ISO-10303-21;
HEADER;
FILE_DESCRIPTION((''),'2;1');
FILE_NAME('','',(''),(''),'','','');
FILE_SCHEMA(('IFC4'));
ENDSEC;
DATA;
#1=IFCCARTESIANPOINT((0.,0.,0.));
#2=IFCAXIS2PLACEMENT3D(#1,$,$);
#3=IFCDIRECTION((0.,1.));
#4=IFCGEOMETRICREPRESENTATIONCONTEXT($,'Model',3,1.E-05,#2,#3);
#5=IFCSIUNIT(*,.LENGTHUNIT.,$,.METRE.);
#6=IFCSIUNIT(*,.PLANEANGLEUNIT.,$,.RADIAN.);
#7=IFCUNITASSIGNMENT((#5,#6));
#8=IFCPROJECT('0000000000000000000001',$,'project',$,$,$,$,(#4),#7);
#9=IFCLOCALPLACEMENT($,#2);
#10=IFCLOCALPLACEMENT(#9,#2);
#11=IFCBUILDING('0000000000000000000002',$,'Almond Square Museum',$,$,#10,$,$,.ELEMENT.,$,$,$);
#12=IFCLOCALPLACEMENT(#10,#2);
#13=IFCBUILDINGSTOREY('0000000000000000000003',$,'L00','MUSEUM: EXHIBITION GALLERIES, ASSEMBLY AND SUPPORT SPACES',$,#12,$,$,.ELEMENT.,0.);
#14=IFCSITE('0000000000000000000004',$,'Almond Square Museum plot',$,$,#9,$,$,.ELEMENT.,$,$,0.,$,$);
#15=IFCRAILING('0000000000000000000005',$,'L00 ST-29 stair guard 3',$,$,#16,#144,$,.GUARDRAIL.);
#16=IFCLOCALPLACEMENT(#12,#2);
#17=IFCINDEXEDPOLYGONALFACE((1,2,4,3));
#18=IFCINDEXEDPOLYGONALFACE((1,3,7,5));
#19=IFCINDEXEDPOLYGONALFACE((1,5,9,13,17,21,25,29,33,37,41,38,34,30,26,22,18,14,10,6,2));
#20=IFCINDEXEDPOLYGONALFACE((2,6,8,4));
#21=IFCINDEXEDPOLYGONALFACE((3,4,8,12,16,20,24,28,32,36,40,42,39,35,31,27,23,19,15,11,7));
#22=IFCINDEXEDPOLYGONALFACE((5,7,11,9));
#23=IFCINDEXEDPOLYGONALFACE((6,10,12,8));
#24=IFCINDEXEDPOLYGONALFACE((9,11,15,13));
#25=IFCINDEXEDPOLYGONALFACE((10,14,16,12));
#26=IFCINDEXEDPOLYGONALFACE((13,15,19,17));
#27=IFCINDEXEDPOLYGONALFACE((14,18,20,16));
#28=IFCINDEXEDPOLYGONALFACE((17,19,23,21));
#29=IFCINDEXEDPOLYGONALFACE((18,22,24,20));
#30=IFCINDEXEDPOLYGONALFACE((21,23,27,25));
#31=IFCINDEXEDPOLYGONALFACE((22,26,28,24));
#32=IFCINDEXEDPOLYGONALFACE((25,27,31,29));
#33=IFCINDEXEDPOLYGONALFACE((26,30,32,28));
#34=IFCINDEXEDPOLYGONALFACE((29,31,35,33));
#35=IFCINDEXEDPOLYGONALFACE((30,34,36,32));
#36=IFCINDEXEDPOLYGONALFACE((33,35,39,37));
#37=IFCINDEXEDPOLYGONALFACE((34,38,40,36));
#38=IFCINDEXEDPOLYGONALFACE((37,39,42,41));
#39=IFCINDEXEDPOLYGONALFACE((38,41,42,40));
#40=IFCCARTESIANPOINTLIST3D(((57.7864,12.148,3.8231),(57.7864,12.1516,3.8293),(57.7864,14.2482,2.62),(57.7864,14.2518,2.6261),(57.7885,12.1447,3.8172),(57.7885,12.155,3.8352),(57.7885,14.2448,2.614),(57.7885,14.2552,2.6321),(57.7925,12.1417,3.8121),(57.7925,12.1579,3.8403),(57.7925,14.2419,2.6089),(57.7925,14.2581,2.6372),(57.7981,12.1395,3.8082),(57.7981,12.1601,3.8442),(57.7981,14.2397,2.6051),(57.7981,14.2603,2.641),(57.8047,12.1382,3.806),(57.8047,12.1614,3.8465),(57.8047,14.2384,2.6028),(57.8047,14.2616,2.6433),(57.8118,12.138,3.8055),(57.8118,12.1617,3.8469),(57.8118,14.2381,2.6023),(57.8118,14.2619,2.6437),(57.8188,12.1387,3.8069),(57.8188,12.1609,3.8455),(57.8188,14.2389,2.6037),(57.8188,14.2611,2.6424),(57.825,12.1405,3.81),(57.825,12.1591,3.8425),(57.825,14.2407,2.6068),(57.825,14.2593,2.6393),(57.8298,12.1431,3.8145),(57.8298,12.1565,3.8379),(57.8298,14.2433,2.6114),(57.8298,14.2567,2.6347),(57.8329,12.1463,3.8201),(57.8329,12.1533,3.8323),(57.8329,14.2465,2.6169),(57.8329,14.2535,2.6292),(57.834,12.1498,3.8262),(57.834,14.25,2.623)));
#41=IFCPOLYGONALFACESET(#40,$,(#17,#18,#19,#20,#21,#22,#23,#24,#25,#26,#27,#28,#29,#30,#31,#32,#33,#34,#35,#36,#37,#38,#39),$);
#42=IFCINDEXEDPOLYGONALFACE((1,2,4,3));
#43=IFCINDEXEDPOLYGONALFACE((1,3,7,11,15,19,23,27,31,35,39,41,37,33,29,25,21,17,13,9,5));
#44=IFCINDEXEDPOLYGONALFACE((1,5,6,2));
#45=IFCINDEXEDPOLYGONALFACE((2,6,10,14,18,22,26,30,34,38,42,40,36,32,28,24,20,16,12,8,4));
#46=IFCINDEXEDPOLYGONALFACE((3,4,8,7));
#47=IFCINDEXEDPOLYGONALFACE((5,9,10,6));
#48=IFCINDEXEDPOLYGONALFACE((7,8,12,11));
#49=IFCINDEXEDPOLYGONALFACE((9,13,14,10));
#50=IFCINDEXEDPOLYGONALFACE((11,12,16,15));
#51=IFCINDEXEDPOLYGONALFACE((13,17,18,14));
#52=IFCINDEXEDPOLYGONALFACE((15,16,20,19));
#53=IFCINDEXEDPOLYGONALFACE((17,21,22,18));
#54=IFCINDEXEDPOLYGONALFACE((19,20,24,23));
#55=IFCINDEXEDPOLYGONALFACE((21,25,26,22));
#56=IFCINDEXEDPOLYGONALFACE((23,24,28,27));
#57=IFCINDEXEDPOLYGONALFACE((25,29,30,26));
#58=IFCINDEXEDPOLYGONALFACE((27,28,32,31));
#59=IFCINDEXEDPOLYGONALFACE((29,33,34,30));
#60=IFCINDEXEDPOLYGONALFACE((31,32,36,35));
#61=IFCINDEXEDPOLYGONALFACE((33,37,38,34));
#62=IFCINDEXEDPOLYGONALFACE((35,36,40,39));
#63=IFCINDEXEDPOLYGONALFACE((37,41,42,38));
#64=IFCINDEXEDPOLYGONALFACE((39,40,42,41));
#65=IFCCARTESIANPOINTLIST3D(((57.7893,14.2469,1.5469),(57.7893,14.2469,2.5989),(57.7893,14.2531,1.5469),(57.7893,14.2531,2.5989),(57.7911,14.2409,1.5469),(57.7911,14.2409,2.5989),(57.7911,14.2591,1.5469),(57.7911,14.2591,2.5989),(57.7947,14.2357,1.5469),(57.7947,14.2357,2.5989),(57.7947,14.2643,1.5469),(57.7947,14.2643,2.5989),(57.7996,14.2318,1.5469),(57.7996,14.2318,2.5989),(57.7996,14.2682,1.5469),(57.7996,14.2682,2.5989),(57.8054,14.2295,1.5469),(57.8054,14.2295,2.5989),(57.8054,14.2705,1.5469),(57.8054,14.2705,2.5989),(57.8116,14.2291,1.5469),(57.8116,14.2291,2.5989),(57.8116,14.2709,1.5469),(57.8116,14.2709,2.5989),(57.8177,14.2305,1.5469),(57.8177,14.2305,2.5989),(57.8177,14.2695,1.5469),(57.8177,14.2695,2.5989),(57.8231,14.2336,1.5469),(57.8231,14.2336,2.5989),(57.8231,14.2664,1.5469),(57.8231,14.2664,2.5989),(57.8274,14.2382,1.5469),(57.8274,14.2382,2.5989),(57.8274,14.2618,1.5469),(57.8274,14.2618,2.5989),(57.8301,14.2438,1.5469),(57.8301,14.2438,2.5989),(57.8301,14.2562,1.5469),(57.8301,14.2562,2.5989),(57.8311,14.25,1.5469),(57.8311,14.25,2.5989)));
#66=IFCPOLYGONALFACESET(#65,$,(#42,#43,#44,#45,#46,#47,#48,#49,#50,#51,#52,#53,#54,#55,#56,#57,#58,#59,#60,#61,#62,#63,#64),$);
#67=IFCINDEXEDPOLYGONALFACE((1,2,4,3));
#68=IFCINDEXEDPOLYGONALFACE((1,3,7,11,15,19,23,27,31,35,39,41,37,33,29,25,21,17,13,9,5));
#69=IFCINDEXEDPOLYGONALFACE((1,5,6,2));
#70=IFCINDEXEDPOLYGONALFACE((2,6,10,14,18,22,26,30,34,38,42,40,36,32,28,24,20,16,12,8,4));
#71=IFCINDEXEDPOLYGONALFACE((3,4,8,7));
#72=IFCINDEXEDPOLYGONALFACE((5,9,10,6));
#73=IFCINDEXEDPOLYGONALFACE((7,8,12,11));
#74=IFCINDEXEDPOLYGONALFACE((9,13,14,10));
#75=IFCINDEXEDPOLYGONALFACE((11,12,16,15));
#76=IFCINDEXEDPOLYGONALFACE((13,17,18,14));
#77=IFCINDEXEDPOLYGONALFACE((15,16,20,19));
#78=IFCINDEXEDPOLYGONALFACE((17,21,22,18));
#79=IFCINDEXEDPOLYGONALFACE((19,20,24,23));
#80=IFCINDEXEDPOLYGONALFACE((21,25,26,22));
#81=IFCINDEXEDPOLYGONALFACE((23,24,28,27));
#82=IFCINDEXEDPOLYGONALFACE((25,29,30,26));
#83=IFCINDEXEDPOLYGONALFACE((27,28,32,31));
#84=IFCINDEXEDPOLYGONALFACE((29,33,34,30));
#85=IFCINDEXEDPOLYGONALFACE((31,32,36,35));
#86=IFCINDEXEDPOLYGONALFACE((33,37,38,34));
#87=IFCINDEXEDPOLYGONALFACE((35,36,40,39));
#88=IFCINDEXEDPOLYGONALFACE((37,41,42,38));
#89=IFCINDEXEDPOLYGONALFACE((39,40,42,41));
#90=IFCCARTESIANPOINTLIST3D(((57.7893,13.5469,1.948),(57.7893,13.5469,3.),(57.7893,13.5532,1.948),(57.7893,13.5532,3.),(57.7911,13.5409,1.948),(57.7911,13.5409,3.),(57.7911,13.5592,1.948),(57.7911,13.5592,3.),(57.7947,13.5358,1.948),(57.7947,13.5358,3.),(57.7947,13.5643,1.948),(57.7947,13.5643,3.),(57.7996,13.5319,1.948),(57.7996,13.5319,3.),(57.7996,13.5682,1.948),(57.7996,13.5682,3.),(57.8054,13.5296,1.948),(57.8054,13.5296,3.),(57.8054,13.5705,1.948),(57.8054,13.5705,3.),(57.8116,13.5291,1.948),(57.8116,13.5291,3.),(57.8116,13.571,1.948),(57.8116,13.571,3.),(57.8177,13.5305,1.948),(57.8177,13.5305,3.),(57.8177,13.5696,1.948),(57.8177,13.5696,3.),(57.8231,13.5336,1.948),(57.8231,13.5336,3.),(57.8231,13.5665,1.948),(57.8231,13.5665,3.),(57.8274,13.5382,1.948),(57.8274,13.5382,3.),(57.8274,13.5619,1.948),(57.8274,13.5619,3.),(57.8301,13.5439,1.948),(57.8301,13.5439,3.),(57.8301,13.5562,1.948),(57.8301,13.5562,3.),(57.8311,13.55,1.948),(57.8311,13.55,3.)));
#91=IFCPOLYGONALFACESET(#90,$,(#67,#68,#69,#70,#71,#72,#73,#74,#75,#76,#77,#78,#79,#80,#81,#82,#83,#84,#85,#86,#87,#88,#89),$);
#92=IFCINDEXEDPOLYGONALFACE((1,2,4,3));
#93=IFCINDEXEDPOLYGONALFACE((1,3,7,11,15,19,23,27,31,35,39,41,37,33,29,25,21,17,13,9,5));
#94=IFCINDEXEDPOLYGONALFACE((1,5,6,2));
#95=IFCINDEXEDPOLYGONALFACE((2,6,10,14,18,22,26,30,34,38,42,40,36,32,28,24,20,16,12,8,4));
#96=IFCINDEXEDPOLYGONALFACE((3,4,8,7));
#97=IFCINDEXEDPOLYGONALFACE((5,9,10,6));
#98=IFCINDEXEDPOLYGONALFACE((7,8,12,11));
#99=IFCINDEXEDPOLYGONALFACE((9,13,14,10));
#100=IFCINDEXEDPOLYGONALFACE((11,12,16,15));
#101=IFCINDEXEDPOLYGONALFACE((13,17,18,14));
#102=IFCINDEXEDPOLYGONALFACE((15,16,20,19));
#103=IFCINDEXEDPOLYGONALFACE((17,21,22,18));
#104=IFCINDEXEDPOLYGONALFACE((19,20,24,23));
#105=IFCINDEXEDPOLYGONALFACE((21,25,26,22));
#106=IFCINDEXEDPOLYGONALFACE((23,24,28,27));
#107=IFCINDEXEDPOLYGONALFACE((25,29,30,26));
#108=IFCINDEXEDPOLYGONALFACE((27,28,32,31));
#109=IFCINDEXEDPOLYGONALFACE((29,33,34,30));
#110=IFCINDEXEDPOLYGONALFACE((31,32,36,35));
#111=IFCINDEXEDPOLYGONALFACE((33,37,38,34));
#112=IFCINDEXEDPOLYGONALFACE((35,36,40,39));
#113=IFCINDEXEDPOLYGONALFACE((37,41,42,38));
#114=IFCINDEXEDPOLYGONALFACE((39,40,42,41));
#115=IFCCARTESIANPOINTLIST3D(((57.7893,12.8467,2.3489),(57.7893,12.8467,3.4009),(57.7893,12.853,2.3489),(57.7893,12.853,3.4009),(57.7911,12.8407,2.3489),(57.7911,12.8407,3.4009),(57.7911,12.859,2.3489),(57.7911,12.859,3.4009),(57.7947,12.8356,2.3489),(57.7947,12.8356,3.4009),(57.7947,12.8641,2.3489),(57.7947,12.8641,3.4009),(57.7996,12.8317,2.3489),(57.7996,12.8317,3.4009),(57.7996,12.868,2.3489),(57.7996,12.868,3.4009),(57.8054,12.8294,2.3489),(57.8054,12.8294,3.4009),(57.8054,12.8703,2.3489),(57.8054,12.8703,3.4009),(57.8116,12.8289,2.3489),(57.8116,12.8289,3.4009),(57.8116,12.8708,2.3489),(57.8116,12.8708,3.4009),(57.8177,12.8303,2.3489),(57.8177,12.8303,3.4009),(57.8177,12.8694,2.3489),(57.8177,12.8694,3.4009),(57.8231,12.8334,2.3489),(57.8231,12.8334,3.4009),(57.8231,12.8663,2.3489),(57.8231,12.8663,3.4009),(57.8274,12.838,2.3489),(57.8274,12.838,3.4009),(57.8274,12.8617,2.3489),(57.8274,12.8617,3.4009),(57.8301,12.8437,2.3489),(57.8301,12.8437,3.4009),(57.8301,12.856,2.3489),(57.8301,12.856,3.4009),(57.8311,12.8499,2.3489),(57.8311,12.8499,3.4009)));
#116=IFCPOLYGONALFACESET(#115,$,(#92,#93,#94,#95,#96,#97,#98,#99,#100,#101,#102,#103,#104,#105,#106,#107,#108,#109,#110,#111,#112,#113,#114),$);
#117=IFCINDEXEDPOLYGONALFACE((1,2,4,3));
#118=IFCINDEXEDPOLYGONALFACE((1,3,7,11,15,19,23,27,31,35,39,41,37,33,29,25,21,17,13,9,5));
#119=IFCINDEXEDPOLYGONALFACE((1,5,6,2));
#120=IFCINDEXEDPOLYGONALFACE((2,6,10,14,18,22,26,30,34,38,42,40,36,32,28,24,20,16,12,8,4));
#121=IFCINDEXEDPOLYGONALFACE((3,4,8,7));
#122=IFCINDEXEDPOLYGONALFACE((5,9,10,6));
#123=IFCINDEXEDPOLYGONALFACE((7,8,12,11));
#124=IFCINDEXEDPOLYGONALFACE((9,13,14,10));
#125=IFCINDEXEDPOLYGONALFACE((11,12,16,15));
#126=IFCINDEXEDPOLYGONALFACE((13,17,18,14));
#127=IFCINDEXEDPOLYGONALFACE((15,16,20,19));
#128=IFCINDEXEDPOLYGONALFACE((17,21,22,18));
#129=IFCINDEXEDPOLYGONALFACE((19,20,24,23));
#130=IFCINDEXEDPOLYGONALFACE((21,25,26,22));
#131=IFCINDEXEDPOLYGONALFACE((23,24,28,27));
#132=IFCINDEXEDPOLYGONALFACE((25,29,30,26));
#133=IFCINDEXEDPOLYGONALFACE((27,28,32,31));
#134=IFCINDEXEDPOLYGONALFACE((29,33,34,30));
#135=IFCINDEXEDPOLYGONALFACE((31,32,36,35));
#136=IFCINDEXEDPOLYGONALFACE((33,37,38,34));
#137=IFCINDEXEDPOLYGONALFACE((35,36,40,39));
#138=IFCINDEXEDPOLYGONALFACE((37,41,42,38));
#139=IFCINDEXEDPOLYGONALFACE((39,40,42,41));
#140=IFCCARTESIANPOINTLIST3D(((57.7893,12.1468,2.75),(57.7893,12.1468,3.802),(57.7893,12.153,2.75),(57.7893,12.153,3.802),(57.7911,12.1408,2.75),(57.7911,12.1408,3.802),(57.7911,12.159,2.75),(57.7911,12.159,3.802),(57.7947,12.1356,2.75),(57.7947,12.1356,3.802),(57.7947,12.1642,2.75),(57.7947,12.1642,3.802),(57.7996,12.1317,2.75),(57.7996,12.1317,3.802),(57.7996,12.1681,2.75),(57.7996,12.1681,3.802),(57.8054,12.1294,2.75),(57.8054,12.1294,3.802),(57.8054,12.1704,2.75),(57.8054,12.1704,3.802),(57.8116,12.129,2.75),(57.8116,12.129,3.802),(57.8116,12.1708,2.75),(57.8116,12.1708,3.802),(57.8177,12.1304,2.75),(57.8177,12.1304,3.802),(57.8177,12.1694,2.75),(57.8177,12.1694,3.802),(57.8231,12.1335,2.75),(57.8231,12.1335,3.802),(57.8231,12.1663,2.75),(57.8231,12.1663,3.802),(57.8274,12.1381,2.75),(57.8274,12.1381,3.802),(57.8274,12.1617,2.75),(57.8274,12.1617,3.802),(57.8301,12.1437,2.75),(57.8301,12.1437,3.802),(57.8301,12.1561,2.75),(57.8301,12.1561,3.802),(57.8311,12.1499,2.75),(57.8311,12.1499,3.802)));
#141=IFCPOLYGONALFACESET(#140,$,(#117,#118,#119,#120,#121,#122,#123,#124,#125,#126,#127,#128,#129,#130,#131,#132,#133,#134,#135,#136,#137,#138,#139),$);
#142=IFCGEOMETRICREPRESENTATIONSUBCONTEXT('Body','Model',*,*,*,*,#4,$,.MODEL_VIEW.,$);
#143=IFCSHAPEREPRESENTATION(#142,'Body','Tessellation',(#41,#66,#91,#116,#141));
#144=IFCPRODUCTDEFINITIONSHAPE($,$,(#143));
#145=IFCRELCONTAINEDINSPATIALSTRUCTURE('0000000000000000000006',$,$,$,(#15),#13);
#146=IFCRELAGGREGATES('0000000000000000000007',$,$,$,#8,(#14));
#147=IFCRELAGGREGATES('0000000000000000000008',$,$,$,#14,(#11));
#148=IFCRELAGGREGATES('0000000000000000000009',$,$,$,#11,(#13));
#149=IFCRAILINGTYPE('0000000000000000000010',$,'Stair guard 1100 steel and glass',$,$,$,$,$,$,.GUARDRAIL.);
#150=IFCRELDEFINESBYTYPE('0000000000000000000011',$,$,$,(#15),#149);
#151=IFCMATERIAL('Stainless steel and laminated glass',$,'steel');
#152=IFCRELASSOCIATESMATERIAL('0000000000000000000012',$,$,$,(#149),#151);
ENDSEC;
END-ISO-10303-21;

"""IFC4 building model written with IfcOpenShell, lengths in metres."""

from ifc_helpers import new_model, si_unit, direction, frame, origin, origin_2d, place, context, subcontext, project, spatial, circle, extrude, material, type_object, element, save


model = new_model("IFC4")

# Units and contexts
model_context = context("Model", 3, precision=1e-05, world=origin(), true_north=direction((0.0, 1.0)))
body_context = subcontext(model_context, "Body", "Model", "MODEL_VIEW")
ifc_project = project(units=[si_unit("LENGTHUNIT", "METRE"), si_unit("PLANEANGLEUNIT", "RADIAN")], contexts=[model_context])

# Site, building, storey
site_placement = place(None, origin())
site = spatial("IfcSite", under=ifc_project, at=site_placement, Name="Almond Square Museum plot", CompositionType="ELEMENT", RefElevation=0.0)
building_placement = place(site_placement, origin())
building = spatial("IfcBuilding", under=site, at=building_placement, Name="Almond Square Museum", CompositionType="ELEMENT")
storey_placement = place(building_placement, origin())
storey = spatial("IfcBuildingStorey", under=building, at=storey_placement, Name="L00", Description="MUSEUM: EXHIBITION GALLERIES, ASSEMBLY AND SUPPORT SPACES", CompositionType="ELEMENT", Elevation=0.0)

# Railing
ifc_material_1 = material(Name="Stainless steel and laminated glass", Category="steel")
railing_type_1 = type_object("IfcRailingType", Name="Stair guard 1100 steel and glass", PredefinedType="GUARDRAIL", material=ifc_material_1)
railing_1_placement = place(storey_placement, frame((57.8101, 14.25, 1.5469)))
element("IfcRailing", 1, at=railing_1_placement, inside=storey, type_object=railing_type_1, Name="L00 ST-29 stair guard 3", PredefinedType="GUARDRAIL", context=body_context, shape_type="SweptSolid", body=[
    extrude(circle(Radius=0.0239, at=origin_2d()), frame((0.0, 0.0, 1.0762), z_axis=(0.0, -0.867696, 0.497095), x_axis=(1.0, 0.0, 0.0)), (0.0, 0.0, 1.0), 2.4204),
    extrude(circle(Radius=0.021, at=origin_2d()), origin(), (0.0, 0.0, 1.0), 1.052),
    extrude(circle(Radius=0.021, at=origin_2d()), frame((0.0, -0.7, 0.4011)), (0.0, 0.0, 1.0), 1.052),
    extrude(circle(Radius=0.021, at=origin_2d()), frame((0.0, -1.4001, 0.802)), (0.0, 0.0, 1.0), 1.052),
    extrude(circle(Radius=0.021, at=origin_2d()), frame((0.0, -2.1001, 1.2031)), (0.0, 0.0, 1.0), 1.052),
])

save(model, "model.ifc")
